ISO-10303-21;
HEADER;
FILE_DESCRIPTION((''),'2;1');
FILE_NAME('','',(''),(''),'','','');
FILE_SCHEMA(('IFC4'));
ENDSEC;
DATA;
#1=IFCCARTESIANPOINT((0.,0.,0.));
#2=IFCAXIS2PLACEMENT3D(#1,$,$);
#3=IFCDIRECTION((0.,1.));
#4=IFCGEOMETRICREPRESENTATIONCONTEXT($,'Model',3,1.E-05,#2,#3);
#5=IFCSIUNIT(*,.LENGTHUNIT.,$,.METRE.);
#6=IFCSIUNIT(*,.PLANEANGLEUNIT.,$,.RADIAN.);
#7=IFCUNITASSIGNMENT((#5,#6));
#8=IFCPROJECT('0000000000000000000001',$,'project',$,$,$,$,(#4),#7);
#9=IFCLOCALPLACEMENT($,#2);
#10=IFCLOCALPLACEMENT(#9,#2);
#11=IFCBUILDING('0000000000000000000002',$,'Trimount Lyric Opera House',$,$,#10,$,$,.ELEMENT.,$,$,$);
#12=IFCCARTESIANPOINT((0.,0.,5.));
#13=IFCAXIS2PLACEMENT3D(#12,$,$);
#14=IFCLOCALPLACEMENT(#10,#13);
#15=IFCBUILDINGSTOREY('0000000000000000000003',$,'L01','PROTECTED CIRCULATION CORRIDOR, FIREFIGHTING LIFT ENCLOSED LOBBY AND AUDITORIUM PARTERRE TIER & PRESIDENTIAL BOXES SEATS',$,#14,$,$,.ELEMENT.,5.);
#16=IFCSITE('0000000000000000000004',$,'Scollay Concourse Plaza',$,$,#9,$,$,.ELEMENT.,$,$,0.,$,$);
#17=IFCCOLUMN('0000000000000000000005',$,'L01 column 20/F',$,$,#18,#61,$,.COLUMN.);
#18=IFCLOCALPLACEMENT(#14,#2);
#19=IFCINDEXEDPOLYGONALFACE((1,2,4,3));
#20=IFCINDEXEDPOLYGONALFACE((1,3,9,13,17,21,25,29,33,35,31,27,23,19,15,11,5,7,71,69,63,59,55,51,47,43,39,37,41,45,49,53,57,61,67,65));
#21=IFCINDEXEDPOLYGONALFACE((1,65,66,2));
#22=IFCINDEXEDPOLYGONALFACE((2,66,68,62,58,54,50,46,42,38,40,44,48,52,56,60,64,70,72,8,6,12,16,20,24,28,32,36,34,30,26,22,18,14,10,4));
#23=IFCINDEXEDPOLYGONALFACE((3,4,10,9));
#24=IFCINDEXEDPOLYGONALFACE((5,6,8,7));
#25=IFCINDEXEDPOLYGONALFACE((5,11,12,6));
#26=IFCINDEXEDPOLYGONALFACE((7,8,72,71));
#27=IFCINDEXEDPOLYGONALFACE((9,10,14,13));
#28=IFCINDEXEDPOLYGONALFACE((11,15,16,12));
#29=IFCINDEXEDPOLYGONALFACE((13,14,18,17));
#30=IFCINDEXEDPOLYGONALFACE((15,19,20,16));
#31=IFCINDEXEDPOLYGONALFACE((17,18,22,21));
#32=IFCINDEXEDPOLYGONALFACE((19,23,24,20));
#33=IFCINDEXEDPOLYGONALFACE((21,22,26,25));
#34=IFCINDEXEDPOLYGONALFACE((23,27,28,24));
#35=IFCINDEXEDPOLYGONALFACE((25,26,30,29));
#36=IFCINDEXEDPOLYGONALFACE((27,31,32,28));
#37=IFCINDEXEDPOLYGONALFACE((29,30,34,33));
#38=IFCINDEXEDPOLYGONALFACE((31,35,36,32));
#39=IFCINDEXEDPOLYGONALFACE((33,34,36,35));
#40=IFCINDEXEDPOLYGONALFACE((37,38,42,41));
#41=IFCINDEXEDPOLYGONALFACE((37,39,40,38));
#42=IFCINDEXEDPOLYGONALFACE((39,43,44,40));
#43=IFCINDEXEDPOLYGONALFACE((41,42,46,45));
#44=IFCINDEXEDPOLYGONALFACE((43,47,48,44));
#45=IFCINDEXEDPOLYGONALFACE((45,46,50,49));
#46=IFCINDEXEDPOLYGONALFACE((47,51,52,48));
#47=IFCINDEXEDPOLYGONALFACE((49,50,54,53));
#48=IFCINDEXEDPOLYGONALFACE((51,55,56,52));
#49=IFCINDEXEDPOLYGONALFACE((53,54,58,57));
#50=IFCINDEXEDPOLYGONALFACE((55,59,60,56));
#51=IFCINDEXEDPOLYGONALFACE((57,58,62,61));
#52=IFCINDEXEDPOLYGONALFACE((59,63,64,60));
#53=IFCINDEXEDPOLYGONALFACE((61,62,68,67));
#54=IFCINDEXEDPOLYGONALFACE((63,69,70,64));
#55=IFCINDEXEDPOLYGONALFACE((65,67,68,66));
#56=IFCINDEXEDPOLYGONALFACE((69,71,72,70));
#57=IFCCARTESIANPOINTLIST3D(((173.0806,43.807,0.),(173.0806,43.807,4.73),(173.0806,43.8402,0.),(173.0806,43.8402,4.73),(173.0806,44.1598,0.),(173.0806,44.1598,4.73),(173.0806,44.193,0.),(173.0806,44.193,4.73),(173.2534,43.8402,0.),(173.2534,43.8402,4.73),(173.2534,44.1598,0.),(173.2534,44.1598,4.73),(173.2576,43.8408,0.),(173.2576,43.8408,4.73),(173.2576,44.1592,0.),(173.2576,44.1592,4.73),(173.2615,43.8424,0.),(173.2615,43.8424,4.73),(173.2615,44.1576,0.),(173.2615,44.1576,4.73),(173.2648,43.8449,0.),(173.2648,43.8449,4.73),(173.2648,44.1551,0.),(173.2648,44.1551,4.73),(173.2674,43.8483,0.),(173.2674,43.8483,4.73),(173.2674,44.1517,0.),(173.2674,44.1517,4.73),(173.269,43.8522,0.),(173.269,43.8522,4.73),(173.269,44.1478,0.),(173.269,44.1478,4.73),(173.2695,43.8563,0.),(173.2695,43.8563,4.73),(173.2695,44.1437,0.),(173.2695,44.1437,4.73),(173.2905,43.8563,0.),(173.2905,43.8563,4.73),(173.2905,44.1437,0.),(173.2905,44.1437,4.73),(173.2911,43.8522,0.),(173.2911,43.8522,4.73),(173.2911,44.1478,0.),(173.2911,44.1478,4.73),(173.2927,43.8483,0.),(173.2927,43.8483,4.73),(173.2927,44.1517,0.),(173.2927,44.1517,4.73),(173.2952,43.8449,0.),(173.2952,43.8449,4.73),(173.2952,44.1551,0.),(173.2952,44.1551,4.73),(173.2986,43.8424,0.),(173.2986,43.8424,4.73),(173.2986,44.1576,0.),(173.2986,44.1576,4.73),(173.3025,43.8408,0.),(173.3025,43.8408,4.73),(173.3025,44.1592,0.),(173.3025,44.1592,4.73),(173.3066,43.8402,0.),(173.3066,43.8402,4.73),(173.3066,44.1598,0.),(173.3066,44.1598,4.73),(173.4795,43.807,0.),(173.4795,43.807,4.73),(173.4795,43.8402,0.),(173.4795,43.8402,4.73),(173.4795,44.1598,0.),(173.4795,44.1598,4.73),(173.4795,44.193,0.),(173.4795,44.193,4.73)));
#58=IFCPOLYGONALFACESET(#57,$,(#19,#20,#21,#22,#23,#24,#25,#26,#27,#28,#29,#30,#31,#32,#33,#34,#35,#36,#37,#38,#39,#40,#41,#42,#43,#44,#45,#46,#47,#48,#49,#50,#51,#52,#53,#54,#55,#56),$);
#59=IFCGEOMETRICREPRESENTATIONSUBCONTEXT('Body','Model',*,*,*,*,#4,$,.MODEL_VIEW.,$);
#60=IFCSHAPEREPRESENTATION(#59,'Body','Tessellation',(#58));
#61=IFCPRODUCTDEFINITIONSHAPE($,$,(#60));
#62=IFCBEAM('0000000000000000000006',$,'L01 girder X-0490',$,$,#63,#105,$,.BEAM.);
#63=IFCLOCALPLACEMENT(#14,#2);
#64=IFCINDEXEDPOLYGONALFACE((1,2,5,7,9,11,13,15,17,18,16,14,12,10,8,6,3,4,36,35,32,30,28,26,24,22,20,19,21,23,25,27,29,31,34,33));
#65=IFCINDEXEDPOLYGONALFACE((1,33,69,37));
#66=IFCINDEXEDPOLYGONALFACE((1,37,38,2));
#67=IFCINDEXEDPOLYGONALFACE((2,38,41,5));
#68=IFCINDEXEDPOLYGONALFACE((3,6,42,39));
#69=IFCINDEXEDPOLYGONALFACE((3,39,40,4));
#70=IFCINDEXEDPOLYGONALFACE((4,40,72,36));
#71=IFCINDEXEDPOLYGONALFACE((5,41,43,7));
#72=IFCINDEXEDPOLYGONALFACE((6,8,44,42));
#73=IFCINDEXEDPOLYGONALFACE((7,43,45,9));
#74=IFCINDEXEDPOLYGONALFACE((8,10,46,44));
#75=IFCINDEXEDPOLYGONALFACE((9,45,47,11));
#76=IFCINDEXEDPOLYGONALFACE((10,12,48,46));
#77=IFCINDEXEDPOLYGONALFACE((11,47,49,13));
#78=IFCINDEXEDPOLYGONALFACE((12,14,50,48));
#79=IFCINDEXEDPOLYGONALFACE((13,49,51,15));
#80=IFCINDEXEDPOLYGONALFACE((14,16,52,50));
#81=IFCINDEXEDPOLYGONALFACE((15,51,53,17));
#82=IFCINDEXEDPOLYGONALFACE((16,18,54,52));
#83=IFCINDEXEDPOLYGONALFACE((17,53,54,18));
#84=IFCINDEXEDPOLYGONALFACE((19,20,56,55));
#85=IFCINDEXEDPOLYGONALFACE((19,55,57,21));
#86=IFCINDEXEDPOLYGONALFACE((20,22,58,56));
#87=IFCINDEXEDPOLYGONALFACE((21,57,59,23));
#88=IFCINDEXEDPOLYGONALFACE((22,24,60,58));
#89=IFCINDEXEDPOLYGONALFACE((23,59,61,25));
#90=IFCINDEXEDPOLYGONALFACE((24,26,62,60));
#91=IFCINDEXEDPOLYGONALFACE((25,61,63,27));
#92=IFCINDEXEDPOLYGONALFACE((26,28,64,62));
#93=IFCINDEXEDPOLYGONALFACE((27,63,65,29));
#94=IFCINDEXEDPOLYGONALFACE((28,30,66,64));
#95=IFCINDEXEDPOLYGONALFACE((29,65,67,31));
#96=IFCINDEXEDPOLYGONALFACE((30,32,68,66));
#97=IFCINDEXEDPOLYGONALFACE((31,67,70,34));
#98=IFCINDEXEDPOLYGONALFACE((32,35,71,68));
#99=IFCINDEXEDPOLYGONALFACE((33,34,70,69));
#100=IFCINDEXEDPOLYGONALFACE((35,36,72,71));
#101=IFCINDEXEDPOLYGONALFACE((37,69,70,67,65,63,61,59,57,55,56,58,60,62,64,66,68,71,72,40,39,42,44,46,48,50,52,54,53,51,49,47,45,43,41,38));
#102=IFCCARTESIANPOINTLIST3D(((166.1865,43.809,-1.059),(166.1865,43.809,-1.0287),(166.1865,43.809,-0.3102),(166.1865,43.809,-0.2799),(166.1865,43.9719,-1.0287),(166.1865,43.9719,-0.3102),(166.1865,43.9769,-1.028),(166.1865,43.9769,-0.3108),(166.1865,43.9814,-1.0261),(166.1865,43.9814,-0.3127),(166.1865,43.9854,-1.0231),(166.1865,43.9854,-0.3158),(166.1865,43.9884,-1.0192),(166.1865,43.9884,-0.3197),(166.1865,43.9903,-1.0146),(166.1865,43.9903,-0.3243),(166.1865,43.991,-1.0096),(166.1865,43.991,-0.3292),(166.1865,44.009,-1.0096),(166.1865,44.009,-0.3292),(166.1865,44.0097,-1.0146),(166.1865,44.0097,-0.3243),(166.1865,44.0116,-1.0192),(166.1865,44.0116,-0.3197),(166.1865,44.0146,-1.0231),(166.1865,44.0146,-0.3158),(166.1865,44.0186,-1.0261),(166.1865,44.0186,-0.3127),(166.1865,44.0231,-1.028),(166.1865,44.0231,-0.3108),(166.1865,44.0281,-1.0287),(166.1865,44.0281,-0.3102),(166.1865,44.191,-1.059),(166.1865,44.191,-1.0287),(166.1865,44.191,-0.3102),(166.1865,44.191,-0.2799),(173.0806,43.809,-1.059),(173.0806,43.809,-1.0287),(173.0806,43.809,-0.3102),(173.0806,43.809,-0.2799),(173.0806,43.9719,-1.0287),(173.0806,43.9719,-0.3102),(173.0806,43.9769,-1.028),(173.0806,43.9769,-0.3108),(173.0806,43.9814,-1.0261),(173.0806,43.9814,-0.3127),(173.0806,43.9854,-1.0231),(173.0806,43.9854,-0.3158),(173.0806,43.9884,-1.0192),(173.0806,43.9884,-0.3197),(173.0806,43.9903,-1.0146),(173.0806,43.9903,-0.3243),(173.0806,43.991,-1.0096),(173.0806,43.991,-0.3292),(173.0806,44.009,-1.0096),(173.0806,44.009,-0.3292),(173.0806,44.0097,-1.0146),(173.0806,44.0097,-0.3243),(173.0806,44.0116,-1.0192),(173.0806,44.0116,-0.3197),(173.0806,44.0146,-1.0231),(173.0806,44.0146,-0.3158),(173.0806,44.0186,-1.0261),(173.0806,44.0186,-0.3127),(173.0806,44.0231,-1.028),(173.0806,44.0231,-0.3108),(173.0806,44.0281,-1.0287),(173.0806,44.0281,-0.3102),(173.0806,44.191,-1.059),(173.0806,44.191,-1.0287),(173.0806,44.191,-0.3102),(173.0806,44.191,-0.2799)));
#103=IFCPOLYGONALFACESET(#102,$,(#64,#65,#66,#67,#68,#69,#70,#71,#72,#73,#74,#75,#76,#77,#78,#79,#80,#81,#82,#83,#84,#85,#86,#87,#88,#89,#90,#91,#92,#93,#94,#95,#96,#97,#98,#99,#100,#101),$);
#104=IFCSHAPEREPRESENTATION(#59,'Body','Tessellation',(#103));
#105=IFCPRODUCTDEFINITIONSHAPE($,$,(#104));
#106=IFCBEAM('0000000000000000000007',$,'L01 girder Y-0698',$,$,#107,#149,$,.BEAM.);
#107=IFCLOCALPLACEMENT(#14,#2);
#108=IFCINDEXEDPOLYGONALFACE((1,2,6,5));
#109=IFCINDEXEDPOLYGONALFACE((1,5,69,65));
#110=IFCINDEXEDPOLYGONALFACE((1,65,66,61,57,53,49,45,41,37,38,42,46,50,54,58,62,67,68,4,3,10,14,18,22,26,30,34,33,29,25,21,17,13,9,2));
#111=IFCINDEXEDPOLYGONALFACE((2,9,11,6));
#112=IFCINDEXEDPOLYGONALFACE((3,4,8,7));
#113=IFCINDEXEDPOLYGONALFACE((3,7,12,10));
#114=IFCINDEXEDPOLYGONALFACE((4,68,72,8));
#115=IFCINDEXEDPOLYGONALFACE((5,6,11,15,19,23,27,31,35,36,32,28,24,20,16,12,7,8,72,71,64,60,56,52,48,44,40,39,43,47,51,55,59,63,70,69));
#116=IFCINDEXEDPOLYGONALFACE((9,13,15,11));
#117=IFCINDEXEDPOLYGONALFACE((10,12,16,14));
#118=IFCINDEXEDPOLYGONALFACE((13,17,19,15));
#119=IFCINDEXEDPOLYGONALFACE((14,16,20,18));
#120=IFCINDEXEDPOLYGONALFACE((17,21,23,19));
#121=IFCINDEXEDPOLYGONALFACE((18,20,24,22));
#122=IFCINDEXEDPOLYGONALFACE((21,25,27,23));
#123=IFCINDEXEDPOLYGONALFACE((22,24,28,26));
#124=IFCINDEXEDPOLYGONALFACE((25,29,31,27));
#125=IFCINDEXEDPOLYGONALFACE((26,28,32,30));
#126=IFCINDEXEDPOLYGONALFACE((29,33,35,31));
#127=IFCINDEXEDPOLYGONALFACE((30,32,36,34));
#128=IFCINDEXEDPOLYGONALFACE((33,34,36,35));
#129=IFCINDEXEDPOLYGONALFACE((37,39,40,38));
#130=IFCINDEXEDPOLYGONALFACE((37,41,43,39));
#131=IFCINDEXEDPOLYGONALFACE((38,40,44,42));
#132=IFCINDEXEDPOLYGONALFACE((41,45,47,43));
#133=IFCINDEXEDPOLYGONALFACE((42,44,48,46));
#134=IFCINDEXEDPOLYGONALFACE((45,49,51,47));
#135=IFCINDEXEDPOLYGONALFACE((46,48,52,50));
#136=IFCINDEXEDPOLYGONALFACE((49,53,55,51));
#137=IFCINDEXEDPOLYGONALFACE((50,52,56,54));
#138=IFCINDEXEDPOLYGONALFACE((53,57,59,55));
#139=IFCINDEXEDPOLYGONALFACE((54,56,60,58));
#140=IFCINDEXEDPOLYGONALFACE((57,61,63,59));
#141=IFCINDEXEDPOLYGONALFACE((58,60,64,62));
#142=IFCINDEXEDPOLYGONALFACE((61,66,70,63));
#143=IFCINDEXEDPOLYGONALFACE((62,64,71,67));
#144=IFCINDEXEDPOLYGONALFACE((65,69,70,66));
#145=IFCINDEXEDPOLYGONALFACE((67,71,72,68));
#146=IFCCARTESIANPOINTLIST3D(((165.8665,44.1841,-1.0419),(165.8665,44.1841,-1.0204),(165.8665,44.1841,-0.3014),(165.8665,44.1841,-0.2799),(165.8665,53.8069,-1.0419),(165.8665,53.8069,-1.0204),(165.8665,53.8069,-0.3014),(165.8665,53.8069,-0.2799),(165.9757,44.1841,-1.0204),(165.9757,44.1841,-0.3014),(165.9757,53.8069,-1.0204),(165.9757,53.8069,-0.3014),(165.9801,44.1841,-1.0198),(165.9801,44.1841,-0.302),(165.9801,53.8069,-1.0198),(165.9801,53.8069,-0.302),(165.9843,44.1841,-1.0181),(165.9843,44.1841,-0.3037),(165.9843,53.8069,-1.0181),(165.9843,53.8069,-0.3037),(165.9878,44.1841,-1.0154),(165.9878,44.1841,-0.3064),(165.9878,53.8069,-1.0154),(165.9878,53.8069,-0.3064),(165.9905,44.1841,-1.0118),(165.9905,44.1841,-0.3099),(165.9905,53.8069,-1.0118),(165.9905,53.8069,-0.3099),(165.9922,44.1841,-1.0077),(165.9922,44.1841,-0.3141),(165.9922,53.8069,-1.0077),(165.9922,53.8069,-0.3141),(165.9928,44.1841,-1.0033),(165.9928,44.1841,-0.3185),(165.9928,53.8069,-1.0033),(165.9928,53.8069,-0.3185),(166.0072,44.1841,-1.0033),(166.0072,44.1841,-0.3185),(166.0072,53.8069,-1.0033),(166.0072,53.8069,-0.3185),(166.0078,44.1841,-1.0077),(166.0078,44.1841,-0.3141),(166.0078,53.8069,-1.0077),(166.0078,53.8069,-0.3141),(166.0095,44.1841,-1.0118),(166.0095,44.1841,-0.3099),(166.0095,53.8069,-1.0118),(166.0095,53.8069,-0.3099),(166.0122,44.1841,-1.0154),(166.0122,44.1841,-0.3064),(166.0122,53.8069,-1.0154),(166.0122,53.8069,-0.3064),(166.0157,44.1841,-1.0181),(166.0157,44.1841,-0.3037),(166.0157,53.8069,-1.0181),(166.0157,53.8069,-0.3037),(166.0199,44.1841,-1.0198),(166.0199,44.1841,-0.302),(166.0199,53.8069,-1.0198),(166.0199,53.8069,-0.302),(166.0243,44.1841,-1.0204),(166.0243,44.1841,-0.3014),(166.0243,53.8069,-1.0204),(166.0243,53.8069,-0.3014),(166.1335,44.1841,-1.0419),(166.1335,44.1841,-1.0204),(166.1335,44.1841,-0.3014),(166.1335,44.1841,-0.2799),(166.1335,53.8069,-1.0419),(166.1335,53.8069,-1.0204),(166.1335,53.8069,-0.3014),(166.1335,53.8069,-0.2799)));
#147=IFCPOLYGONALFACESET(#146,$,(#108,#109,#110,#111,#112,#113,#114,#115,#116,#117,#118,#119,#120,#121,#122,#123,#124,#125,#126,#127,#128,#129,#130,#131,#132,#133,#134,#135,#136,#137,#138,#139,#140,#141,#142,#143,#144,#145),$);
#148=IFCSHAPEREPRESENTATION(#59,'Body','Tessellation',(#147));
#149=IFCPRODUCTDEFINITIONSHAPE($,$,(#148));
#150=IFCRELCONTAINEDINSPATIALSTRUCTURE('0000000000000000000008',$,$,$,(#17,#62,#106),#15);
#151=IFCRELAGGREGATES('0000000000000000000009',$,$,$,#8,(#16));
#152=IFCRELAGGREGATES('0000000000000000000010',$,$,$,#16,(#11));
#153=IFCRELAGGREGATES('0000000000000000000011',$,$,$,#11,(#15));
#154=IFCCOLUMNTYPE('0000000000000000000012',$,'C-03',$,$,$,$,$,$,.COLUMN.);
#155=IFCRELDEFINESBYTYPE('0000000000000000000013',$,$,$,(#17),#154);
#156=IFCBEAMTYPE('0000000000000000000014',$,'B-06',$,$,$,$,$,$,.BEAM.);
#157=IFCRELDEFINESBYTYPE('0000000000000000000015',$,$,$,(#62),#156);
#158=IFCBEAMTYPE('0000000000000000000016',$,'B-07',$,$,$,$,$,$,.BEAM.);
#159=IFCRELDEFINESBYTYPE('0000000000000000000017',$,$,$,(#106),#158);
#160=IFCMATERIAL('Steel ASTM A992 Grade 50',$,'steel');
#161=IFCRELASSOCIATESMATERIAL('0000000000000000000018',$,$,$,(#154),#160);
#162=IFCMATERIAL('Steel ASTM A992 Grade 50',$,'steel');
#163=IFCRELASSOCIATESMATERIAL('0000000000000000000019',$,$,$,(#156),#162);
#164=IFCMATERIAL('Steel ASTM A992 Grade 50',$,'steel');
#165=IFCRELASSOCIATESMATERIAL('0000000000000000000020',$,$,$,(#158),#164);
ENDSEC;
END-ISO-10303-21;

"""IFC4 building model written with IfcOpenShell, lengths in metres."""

from ifc_helpers import new_model, si_unit, direction, frame, origin, origin_2d, place, context, subcontext, project, spatial, i_section, extrude, material, material_profile, profile_set, type_object, element, save


model = new_model("IFC4")

# Units and contexts
model_context = context("Model", 3, precision=1e-05, world=origin(), true_north=direction((0.0, 1.0)))
body_context = subcontext(model_context, "Body", "Model", "MODEL_VIEW")
ifc_project = project(units=[si_unit("LENGTHUNIT", "METRE"), si_unit("PLANEANGLEUNIT", "RADIAN")], contexts=[model_context])

# Site, building, storey
site_placement = place(None, origin())
site = spatial("IfcSite", under=ifc_project, at=site_placement, Name="Scollay Concourse Plaza", CompositionType="ELEMENT", RefElevation=0.0)
building_placement = place(site_placement, origin())
building = spatial("IfcBuilding", under=site, at=building_placement, Name="Trimount Lyric Opera House", CompositionType="ELEMENT")
storey_placement = place(building_placement, frame((0.0, 0.0, 5.0)))
storey = spatial("IfcBuildingStorey", under=building, at=storey_placement, Name="L01", Description="PROTECTED CIRCULATION CORRIDOR, FIREFIGHTING LIFT ENCLOSED LOBBY AND AUDITORIUM PARTERRE TIER & PRESIDENTIAL BOXES SEATS", CompositionType="ELEMENT", Elevation=5.0)

# Column
ifc_material_1 = material(Name="Steel ASTM A992 Grade 50", Category="steel")
ifc_material_profile_1 = material_profile(ifc_material_1, i_section(OverallWidth=0.3989, OverallDepth=0.386, WebThickness=0.021, FlangeThickness=0.0332, FilletRadius=0.0161, at=origin_2d()), Name="W14X176")
ifc_profile_set_1 = profile_set([ifc_material_profile_1], Name="Steel ASTM A992 Grade 50")
column_type = type_object("IfcColumnType", Name="C-03", PredefinedType="COLUMN", material=ifc_profile_set_1)
column_placement = place(storey_placement, frame((173.28, 44.0, 0.0), z_axis=(0.0, 0.0, 1.0), x_axis=(1.0, 0.0, 0.0)))
element("IfcColumn", 1, at=column_placement, inside=storey, type_object=column_type, Name="L01 column 20/F", PredefinedType="COLUMN", context=body_context, shape_type="SweptSolid", body=[
    extrude(i_section(OverallWidth=0.3989, OverallDepth=0.386, WebThickness=0.021, FlangeThickness=0.0332, FilletRadius=0.0161, at=origin_2d()), origin(), (0.0, 0.0, 1.0), 4.73),
])

# Beams
ifc_material_2 = material(Name="Steel ASTM A992 Grade 50", Category="steel")
ifc_material_profile_2 = material_profile(ifc_material_2, i_section(OverallWidth=0.3821, OverallDepth=0.7791, WebThickness=0.0181, FlangeThickness=0.0303, FilletRadius=0.019, at=origin_2d()), Name="W30X191")
ifc_profile_set_2 = profile_set([ifc_material_profile_2], Name="Steel ASTM A992 Grade 50")
beam_type_1 = type_object("IfcBeamType", Name="B-06", PredefinedType="BEAM", material=ifc_profile_set_2)
beam_1_placement = place(storey_placement, frame((166.1865, 44.0, -0.6694), z_axis=(1.0, 0.0, 0.0), x_axis=(0.0, 1.0, 0.0)))
element("IfcBeam", 2, at=beam_1_placement, inside=storey, type_object=beam_type_1, Name="L01 girder X-0490", PredefinedType="BEAM", context=body_context, shape_type="SweptSolid", body=[
    extrude(i_section(OverallWidth=0.3821, OverallDepth=0.7791, WebThickness=0.0181, FlangeThickness=0.0303, FilletRadius=0.019, at=origin_2d()), origin(), (0.0, 0.0, 1.0), 6.894),
])
ifc_material_3 = material(Name="Steel ASTM A992 Grade 50", Category="steel")
ifc_material_profile_3 = material_profile(ifc_material_3, i_section(OverallWidth=0.2671, OverallDepth=0.762, WebThickness=0.0144, FlangeThickness=0.0215, FilletRadius=0.0171, at=origin_2d()), Name="W30X116")
ifc_profile_set_3 = profile_set([ifc_material_profile_3], Name="Steel ASTM A992 Grade 50")
beam_type_2 = type_object("IfcBeamType", Name="B-07", PredefinedType="BEAM", material=ifc_profile_set_3)
beam_2_placement = place(storey_placement, frame((166.0, 44.1841, -0.6609), z_axis=(0.0, 1.0, 0.0), x_axis=(-1.0, 0.0, 0.0)))
element("IfcBeam", 3, at=beam_2_placement, inside=storey, type_object=beam_type_2, Name="L01 girder Y-0698", PredefinedType="BEAM", context=body_context, shape_type="SweptSolid", body=[
    extrude(i_section(OverallWidth=0.2671, OverallDepth=0.762, WebThickness=0.0144, FlangeThickness=0.0215, FilletRadius=0.0171, at=origin_2d()), origin(), (0.0, 0.0, 1.0), 9.6228),
])

save(model, "model.ifc")
